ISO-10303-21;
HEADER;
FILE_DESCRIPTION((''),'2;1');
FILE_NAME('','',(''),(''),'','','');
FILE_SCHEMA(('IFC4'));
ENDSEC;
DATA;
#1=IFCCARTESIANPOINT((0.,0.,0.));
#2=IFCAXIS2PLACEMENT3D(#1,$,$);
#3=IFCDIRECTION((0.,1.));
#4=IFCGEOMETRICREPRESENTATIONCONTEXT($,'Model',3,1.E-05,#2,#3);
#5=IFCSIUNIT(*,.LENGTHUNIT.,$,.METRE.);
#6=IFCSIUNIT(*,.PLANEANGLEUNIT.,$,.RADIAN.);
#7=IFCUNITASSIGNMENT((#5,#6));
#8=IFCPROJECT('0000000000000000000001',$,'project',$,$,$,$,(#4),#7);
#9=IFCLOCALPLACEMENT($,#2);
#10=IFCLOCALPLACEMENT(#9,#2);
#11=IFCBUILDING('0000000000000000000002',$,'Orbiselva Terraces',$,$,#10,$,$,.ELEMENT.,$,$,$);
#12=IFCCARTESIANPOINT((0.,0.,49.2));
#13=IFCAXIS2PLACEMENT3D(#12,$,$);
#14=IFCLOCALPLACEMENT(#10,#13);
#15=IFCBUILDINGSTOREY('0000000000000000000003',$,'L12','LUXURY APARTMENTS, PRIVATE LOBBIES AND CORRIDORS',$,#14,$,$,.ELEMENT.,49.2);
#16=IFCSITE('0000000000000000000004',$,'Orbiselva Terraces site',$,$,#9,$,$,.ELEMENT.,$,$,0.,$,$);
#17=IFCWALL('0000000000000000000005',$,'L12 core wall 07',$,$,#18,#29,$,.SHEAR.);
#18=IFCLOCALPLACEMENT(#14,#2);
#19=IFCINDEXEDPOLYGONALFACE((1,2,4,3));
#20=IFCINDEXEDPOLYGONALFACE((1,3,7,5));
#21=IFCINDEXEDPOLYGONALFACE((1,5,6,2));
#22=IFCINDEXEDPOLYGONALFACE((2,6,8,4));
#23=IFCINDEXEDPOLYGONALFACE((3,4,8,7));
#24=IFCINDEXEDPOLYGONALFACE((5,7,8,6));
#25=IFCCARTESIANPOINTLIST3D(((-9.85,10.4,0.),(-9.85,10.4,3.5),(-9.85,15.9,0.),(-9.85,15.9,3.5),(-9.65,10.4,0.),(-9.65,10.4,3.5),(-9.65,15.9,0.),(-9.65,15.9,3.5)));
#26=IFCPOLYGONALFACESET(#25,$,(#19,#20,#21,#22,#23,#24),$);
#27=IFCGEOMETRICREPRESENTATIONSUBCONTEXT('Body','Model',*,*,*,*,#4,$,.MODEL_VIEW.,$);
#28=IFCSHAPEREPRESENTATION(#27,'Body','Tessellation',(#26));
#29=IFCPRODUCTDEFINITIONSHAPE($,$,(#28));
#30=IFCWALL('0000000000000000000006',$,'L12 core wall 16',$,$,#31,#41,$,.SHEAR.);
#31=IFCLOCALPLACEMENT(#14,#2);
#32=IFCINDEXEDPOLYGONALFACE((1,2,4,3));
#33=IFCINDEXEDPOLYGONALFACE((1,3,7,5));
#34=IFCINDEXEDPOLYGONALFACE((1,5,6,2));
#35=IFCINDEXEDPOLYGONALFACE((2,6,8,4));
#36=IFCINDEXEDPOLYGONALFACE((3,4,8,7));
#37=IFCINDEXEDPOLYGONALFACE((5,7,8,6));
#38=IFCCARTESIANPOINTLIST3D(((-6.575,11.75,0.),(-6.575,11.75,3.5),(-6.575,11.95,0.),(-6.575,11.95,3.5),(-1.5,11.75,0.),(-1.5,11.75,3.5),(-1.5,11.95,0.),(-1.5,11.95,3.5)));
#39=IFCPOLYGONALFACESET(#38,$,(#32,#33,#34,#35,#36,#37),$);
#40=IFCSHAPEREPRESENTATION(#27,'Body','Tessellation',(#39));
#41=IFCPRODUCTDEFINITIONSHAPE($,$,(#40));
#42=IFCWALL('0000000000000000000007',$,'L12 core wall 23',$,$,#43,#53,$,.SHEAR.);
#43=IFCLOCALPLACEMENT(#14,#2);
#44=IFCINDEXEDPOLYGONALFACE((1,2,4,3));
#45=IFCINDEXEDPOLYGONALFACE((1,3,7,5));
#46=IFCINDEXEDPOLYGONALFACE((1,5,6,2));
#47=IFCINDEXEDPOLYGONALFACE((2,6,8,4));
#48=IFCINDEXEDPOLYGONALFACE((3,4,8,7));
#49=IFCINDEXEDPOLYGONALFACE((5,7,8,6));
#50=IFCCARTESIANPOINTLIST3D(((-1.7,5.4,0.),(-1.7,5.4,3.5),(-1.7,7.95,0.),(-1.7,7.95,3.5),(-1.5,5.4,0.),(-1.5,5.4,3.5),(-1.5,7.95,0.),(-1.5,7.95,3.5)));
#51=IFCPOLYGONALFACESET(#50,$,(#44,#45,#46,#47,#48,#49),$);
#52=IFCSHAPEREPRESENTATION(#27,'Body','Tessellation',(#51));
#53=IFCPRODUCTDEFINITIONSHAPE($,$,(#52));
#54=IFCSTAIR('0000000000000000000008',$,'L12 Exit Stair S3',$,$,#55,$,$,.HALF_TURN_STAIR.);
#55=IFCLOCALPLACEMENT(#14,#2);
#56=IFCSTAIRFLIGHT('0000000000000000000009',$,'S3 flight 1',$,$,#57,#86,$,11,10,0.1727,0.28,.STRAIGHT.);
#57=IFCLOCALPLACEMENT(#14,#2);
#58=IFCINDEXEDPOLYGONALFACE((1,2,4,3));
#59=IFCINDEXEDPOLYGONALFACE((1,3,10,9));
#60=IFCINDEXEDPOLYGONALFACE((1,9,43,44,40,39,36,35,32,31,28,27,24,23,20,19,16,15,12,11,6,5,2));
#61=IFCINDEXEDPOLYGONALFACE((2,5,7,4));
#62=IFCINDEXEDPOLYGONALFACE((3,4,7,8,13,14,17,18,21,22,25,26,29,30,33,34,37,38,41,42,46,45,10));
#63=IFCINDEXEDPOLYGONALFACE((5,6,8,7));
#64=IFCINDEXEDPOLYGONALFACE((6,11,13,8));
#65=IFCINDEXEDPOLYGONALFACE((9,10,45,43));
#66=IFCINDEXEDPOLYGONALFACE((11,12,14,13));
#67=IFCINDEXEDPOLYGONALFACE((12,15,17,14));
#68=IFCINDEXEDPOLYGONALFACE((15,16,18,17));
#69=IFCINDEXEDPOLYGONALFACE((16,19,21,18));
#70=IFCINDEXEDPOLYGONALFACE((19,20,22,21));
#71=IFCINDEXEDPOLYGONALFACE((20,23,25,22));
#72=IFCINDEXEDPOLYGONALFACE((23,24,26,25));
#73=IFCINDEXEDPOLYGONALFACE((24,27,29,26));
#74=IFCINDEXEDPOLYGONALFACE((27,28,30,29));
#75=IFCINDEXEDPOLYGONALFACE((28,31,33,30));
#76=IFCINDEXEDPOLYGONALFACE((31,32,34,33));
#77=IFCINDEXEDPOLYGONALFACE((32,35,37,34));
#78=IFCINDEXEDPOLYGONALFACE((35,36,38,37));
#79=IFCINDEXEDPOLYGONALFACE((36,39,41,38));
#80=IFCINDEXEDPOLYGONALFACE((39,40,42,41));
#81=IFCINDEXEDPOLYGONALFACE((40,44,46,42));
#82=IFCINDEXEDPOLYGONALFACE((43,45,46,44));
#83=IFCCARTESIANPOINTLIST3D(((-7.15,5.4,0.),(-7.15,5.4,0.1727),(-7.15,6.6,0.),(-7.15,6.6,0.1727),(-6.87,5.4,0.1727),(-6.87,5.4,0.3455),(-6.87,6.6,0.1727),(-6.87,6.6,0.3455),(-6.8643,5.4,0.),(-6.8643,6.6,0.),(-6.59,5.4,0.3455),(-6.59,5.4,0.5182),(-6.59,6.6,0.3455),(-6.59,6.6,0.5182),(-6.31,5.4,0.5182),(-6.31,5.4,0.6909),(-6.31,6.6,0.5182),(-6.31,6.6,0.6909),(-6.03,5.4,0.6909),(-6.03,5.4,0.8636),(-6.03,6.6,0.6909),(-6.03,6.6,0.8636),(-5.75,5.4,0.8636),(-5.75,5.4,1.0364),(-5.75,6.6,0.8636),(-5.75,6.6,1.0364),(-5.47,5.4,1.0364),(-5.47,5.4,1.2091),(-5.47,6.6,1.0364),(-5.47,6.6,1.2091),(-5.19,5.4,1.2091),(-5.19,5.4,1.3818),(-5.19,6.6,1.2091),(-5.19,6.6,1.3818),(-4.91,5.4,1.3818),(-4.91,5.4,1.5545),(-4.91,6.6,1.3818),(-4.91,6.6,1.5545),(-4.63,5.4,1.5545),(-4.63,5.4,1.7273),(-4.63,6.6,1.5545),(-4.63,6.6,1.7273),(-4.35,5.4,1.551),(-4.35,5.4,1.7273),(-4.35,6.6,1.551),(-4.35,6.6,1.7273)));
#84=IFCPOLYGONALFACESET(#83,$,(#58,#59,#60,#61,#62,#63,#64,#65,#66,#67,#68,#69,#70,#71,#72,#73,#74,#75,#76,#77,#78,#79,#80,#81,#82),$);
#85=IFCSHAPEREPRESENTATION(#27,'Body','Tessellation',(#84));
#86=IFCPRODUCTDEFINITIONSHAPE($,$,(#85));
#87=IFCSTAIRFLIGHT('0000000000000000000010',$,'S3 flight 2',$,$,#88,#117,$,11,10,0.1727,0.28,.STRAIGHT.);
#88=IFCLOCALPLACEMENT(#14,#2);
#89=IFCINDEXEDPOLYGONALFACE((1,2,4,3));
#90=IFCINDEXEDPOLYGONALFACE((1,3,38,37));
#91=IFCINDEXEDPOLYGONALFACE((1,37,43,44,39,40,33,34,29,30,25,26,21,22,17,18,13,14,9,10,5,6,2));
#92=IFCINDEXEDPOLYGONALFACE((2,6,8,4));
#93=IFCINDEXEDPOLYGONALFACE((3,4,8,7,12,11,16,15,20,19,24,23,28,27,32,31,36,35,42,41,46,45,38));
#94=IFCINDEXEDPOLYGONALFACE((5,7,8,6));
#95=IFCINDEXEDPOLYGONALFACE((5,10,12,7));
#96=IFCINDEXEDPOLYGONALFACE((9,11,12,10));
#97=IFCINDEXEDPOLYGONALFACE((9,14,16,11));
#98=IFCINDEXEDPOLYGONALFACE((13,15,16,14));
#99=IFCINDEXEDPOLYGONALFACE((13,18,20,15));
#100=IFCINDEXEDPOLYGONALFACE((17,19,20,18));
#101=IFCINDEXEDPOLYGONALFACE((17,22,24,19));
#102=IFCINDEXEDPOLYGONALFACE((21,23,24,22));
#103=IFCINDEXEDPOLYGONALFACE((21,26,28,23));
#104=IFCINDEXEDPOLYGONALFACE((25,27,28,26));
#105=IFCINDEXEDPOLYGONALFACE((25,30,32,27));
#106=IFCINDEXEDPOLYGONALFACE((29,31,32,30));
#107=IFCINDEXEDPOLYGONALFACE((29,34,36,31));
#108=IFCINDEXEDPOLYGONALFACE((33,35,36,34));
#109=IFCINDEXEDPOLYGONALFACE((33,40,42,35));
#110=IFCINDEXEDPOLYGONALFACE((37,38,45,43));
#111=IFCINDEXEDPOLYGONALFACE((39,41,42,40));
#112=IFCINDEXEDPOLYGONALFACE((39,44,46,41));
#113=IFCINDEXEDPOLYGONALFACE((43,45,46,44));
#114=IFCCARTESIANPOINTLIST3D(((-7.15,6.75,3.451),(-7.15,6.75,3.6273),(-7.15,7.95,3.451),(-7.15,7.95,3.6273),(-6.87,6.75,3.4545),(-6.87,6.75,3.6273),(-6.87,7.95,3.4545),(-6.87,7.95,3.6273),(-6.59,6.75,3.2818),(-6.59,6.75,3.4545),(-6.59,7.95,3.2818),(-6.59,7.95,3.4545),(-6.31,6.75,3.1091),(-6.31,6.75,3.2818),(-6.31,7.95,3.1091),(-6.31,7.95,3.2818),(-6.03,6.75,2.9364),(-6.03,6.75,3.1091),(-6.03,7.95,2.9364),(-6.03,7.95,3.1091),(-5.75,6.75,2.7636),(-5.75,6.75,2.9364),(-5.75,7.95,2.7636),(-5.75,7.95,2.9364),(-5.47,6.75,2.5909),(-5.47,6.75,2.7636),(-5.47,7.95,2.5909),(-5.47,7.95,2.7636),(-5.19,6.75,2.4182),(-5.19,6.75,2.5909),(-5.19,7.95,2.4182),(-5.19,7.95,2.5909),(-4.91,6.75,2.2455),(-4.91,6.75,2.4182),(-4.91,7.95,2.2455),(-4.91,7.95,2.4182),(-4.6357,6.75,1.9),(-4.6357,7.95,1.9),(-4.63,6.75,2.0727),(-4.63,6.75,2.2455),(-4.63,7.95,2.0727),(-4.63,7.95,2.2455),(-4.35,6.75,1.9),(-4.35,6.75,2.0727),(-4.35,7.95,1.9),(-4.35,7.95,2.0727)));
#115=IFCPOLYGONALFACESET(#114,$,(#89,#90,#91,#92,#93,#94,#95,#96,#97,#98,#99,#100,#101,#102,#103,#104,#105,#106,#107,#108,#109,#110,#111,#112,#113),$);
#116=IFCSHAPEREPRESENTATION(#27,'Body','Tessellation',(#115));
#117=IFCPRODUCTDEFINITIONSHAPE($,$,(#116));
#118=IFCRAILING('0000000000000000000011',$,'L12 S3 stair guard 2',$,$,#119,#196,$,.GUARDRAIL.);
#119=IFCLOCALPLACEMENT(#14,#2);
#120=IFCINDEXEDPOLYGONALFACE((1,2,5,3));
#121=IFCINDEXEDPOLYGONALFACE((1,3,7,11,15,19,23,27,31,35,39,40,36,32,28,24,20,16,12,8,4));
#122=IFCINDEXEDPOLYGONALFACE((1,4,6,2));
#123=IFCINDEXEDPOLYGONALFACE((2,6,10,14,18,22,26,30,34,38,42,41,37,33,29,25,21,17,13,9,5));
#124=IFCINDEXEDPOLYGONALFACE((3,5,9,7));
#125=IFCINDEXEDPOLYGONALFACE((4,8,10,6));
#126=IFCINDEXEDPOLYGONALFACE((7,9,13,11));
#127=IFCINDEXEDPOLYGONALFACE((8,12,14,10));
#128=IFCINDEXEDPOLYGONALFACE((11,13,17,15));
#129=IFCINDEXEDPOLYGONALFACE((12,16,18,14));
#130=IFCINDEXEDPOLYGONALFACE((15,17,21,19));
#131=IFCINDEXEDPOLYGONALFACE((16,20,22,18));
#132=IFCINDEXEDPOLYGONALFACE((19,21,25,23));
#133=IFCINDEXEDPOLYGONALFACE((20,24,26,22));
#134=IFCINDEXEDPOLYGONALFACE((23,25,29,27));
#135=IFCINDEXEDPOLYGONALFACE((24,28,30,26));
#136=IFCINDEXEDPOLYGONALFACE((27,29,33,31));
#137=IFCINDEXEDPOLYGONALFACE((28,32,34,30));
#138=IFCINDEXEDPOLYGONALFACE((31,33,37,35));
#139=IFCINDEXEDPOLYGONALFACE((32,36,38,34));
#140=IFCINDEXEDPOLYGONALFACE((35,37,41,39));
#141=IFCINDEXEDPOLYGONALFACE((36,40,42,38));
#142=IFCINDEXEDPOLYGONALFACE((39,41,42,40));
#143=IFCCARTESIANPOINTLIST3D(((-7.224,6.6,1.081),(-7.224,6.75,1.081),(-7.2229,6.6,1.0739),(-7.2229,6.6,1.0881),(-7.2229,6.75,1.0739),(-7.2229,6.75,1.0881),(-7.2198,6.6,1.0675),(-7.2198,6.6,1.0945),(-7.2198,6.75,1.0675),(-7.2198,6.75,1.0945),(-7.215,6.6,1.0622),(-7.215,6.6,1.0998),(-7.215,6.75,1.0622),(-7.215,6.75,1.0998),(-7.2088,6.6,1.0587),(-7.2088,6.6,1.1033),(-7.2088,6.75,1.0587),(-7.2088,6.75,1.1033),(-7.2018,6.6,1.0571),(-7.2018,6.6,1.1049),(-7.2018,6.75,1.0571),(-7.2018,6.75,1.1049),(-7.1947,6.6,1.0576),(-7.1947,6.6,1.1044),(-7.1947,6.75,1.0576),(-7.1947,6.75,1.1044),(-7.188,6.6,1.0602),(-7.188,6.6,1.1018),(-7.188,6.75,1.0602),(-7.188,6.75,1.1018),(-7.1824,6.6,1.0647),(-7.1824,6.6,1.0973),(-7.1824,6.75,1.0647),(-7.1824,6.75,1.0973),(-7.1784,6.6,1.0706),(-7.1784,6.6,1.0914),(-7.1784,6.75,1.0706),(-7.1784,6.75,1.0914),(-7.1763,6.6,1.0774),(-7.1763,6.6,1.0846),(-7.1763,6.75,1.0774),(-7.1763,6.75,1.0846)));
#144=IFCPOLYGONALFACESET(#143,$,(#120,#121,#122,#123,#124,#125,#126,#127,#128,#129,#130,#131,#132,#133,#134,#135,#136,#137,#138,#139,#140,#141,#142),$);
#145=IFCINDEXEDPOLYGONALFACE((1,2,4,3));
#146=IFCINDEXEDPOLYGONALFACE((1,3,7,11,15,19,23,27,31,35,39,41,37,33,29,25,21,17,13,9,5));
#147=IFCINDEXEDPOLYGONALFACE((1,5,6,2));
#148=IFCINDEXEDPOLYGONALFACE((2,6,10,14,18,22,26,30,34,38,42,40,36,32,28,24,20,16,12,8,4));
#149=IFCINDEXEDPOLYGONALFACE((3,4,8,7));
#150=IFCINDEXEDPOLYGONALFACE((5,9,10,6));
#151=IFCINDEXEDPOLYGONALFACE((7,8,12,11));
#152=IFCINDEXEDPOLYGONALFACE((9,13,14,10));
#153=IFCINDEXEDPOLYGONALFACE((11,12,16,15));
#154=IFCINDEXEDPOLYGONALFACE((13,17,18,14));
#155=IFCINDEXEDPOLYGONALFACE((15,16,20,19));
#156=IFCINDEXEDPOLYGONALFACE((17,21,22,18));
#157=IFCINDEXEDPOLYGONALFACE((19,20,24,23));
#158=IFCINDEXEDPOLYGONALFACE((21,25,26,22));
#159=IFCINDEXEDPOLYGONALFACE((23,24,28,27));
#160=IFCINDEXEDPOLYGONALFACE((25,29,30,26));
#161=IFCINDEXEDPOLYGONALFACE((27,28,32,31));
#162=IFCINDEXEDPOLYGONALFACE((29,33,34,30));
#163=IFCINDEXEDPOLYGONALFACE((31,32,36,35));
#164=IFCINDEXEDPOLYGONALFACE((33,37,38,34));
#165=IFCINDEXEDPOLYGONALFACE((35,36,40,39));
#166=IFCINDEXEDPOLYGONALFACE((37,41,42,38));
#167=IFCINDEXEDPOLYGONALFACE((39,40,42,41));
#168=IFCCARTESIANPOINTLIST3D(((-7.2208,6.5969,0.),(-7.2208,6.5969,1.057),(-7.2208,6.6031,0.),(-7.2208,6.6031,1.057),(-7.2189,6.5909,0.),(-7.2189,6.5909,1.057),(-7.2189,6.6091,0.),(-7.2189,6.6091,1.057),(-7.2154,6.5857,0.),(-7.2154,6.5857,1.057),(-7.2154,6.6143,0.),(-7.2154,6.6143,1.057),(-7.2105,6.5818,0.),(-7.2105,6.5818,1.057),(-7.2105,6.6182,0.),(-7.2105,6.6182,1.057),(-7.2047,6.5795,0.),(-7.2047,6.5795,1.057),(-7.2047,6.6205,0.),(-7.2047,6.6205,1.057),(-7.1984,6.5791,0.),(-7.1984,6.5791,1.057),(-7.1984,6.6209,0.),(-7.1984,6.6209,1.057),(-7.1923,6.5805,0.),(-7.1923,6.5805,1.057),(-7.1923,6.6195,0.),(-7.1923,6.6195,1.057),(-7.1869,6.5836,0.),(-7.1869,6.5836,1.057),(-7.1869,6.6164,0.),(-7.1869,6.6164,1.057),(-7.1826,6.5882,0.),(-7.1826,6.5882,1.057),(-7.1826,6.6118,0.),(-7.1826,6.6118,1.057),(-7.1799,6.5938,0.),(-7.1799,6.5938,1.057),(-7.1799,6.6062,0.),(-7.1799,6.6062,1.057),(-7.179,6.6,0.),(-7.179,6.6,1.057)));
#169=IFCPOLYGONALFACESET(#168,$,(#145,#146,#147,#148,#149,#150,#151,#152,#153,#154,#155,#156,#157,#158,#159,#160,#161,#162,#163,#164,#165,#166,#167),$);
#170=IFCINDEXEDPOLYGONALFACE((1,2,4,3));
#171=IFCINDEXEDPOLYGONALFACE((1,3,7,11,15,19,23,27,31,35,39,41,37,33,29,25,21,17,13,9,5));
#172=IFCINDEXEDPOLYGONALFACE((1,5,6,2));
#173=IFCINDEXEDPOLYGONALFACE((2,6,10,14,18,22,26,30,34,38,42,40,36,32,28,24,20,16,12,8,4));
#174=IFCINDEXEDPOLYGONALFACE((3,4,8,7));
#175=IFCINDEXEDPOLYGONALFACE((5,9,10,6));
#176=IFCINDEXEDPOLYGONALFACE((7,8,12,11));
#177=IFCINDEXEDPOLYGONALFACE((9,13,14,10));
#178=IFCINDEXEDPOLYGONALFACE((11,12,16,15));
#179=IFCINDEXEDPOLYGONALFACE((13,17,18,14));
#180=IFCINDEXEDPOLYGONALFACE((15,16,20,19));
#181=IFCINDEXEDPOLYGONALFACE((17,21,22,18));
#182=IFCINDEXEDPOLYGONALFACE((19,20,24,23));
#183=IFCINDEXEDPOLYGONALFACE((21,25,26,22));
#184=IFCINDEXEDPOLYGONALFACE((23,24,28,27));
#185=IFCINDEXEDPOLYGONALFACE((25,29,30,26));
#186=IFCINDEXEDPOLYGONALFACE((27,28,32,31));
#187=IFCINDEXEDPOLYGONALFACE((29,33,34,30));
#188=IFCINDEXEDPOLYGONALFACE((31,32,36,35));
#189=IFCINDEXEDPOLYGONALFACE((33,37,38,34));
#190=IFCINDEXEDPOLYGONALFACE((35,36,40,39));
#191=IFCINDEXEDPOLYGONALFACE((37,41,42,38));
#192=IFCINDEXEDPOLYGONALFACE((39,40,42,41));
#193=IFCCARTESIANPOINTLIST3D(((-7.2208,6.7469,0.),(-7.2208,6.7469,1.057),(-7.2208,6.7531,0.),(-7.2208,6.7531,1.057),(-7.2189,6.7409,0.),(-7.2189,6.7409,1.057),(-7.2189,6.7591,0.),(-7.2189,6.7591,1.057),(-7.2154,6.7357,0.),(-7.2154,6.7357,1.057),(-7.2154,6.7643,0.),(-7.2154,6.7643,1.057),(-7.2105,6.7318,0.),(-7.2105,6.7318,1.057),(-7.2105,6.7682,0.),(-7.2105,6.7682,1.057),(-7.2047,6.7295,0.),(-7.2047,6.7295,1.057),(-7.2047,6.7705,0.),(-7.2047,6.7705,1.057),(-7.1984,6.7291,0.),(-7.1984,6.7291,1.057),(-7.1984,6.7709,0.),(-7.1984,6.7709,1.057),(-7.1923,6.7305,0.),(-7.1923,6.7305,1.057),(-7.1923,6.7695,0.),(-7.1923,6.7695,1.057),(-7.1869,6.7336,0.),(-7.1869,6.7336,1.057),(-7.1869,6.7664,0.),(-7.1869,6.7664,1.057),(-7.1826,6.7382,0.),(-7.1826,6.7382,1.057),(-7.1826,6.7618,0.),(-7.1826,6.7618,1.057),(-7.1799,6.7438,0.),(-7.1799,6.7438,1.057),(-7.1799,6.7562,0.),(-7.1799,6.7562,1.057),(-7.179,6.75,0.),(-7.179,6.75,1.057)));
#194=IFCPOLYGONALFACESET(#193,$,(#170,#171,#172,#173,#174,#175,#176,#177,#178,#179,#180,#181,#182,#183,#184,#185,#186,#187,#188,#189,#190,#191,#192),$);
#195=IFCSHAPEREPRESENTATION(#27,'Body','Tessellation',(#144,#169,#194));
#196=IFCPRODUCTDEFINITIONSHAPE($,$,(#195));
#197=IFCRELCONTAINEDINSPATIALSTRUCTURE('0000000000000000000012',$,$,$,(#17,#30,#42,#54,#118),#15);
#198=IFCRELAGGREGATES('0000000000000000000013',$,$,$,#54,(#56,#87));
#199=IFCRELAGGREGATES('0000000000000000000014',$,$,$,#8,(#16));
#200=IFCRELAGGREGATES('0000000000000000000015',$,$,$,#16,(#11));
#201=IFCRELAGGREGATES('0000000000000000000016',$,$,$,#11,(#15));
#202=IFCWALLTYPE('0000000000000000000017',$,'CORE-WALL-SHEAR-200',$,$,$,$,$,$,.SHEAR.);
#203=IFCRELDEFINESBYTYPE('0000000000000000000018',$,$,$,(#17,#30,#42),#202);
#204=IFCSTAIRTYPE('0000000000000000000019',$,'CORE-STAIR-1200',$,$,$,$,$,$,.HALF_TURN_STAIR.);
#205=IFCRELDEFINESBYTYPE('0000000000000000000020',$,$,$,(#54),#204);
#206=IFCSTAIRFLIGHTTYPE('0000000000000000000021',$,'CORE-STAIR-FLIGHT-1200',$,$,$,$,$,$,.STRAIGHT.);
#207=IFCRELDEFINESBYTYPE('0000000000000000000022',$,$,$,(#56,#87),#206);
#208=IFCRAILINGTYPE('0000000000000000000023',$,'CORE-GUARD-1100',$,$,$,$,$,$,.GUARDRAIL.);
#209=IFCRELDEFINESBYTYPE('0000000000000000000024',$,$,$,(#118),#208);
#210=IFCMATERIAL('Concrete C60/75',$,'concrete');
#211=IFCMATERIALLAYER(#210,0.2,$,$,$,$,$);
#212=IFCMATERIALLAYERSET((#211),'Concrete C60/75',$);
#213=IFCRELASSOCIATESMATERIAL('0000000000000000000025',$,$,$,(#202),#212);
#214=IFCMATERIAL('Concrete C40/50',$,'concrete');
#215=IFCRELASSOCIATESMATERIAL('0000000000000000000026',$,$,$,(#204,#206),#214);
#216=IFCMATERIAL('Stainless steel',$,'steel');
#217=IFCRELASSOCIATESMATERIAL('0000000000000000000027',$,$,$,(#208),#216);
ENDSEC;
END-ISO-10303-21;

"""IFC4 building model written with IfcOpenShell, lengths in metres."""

from ifc_helpers import new_model, si_unit, direction, frame, frame_2d, origin, origin_2d, place, context, subcontext, project, spatial, polyline, rectangle, circle, outline, extrude, material, layer, layer_set, type_object, element, aggregate, save


model = new_model("IFC4")

# Units and contexts
model_context = context("Model", 3, precision=1e-05, world=origin(), true_north=direction((0.0, 1.0)))
body_context = subcontext(model_context, "Body", "Model", "MODEL_VIEW")
ifc_project = project(units=[si_unit("LENGTHUNIT", "METRE"), si_unit("PLANEANGLEUNIT", "RADIAN")], contexts=[model_context])

# Site, building, storey
site_placement = place(None, origin())
site = spatial("IfcSite", under=ifc_project, at=site_placement, Name="Orbiselva Terraces site", CompositionType="ELEMENT", RefElevation=0.0)
building_placement = place(site_placement, origin())
building = spatial("IfcBuilding", under=site, at=building_placement, Name="Orbiselva Terraces", CompositionType="ELEMENT")
storey_placement = place(building_placement, frame((0.0, 0.0, 49.2)))
storey = spatial("IfcBuildingStorey", under=building, at=storey_placement, Name="L12", Description="LUXURY APARTMENTS, PRIVATE LOBBIES AND CORRIDORS", CompositionType="ELEMENT", Elevation=49.2)

# Walls
ifc_material_1 = material(Name="Concrete C60/75", Category="concrete")
ifc_layer_1 = layer(ifc_material_1, 0.2)
ifc_layer_set_1 = layer_set([ifc_layer_1], Name="Concrete C60/75")
wall_type_1 = type_object("IfcWallType", Name="CORE-WALL-SHEAR-200", PredefinedType="SHEAR", material=ifc_layer_set_1)
wall_1_placement = place(storey_placement, frame((-9.75, 10.4, 0.0), z_axis=(0.0, 0.0, 1.0), x_axis=(0.0, 1.0, 0.0)))
element("IfcWall", 1, at=wall_1_placement, inside=storey, type_object=wall_type_1, Name="L12 core wall 07", PredefinedType="SHEAR", context=body_context, shape_type="SweptSolid", body=[
    extrude(rectangle(XDim=5.5, YDim=0.2, at=frame_2d((2.75, 0.0))), origin(), (0.0, 0.0, 1.0), 3.5),
])
wall_2_placement = place(storey_placement, frame((-6.575, 11.85, 0.0), z_axis=(0.0, 0.0, 1.0), x_axis=(1.0, 0.0, 0.0)))
element("IfcWall", 2, at=wall_2_placement, inside=storey, type_object=wall_type_1, Name="L12 core wall 16", PredefinedType="SHEAR", context=body_context, shape_type="SweptSolid", body=[
    extrude(rectangle(XDim=5.075, YDim=0.2, at=frame_2d((2.5375, 0.0))), origin(), (0.0, 0.0, 1.0), 3.5),
])
wall_3_placement = place(storey_placement, frame((-1.6, 5.4, 0.0), z_axis=(0.0, 0.0, 1.0), x_axis=(0.0, 1.0, 0.0)))
element("IfcWall", 3, at=wall_3_placement, inside=storey, type_object=wall_type_1, Name="L12 core wall 23", PredefinedType="SHEAR", context=body_context, shape_type="SweptSolid", body=[
    extrude(rectangle(XDim=2.55, YDim=0.2, at=frame_2d((1.275, 0.0))), origin(), (0.0, 0.0, 1.0), 3.5),
])

# Stair, stair flights
ifc_material_2 = material(Name="Concrete C40/50", Category="concrete")
stair_type = type_object("IfcStairType", Name="CORE-STAIR-1200", PredefinedType="HALF_TURN_STAIR", material=ifc_material_2)
stair_placement = place(storey_placement, origin())
stair = element("IfcStair", 4, at=stair_placement, inside=storey, type_object=stair_type, Name="L12 Exit Stair S3", PredefinedType="HALF_TURN_STAIR")
stair_flight_type = type_object("IfcStairFlightType", Name="CORE-STAIR-FLIGHT-1200", PredefinedType="STRAIGHT", material=ifc_material_2)
stair_flight_1_placement = place(storey_placement, frame((-7.15, 6.0, 0.0), z_axis=(0.0, 0.0, 1.0), x_axis=(1.0, 0.0, 0.0)))
stair_flight_1 = element("IfcStairFlight", 5, at=stair_flight_1_placement, type_object=stair_flight_type, Name="S3 flight 1", NumberOfRisers=11, NumberOfTreads=10, PredefinedType="STRAIGHT", RiserHeight=0.1727, TreadLength=0.28, context=body_context, shape_type="SweptSolid", body=[
    extrude(outline(polyline([(0.0, 0.0), (0.0, 0.1727), (0.28, 0.1727), (0.28, 0.3455), (0.56, 0.3455), (0.56, 0.5182), (0.84, 0.5182), (0.84, 0.6909), (1.12, 0.6909), (1.12, 0.8636), (1.4, 0.8636), (1.4, 1.0364), (1.68, 1.0364), (1.68, 1.2091), (1.96, 1.2091), (1.96, 1.3818), (2.24, 1.3818), (2.24, 1.5545), (2.52, 1.5545), (2.52, 1.7273), (2.8, 1.7273), (2.8, 1.9), (2.8, 1.551), (0.2857, 0.0), (0.0, 0.0)])), frame((0.0, 0.6, 0.0), z_axis=(0.0, -1.0, 0.0), x_axis=(1.0, 0.0, 0.0)), (0.0, 0.0, 1.0), 1.2),
])
stair_flight_2_placement = place(storey_placement, frame((-4.35, 7.35, 1.9), z_axis=(0.0, 0.0, 1.0), x_axis=(-1.0, 0.0, 0.0)))
stair_flight_2 = element("IfcStairFlight", 6, at=stair_flight_2_placement, type_object=stair_flight_type, Name="S3 flight 2", NumberOfRisers=11, NumberOfTreads=10, PredefinedType="STRAIGHT", RiserHeight=0.1727, TreadLength=0.28, context=body_context, shape_type="SweptSolid", body=[
    extrude(outline(polyline([(0.0, 0.0), (0.0, 0.1727), (0.28, 0.1727), (0.28, 0.3455), (0.56, 0.3455), (0.56, 0.5182), (0.84, 0.5182), (0.84, 0.6909), (1.12, 0.6909), (1.12, 0.8636), (1.4, 0.8636), (1.4, 1.0364), (1.68, 1.0364), (1.68, 1.2091), (1.96, 1.2091), (1.96, 1.3818), (2.24, 1.3818), (2.24, 1.5545), (2.52, 1.5545), (2.52, 1.7273), (2.8, 1.7273), (2.8, 1.9), (2.8, 1.551), (0.2857, 0.0), (0.0, 0.0)])), frame((0.0, 0.6, 0.0), z_axis=(0.0, -1.0, 0.0), x_axis=(1.0, 0.0, 0.0)), (0.0, 0.0, 1.0), 1.2),
])
aggregate(stair, [stair_flight_1, stair_flight_2])

# Railing
ifc_material_3 = material(Name="Stainless steel", Category="steel")
railing_type_1 = type_object("IfcRailingType", Name="CORE-GUARD-1100", PredefinedType="GUARDRAIL", material=ifc_material_3)
railing_1_placement = place(storey_placement, frame((-7.2, 6.6, 0.0)))
element("IfcRailing", 7, at=railing_1_placement, inside=storey, type_object=railing_type_1, Name="L12 S3 stair guard 2", PredefinedType="GUARDRAIL", context=body_context, shape_type="SweptSolid", body=[
    extrude(circle(Radius=0.024, at=origin_2d()), frame((0.0, 0.0, 1.081), z_axis=(0.0, 1.0, 0.0), x_axis=(-1.0, 0.0, 0.0)), (0.0, 0.0, 1.0), 0.15),
    extrude(circle(Radius=0.021, at=origin_2d()), origin(), (0.0, 0.0, 1.0), 1.057),
    extrude(circle(Radius=0.021, at=origin_2d()), frame((0.0, 0.15, 0.0)), (0.0, 0.0, 1.0), 1.057),
])

save(model, "model.ifc")
